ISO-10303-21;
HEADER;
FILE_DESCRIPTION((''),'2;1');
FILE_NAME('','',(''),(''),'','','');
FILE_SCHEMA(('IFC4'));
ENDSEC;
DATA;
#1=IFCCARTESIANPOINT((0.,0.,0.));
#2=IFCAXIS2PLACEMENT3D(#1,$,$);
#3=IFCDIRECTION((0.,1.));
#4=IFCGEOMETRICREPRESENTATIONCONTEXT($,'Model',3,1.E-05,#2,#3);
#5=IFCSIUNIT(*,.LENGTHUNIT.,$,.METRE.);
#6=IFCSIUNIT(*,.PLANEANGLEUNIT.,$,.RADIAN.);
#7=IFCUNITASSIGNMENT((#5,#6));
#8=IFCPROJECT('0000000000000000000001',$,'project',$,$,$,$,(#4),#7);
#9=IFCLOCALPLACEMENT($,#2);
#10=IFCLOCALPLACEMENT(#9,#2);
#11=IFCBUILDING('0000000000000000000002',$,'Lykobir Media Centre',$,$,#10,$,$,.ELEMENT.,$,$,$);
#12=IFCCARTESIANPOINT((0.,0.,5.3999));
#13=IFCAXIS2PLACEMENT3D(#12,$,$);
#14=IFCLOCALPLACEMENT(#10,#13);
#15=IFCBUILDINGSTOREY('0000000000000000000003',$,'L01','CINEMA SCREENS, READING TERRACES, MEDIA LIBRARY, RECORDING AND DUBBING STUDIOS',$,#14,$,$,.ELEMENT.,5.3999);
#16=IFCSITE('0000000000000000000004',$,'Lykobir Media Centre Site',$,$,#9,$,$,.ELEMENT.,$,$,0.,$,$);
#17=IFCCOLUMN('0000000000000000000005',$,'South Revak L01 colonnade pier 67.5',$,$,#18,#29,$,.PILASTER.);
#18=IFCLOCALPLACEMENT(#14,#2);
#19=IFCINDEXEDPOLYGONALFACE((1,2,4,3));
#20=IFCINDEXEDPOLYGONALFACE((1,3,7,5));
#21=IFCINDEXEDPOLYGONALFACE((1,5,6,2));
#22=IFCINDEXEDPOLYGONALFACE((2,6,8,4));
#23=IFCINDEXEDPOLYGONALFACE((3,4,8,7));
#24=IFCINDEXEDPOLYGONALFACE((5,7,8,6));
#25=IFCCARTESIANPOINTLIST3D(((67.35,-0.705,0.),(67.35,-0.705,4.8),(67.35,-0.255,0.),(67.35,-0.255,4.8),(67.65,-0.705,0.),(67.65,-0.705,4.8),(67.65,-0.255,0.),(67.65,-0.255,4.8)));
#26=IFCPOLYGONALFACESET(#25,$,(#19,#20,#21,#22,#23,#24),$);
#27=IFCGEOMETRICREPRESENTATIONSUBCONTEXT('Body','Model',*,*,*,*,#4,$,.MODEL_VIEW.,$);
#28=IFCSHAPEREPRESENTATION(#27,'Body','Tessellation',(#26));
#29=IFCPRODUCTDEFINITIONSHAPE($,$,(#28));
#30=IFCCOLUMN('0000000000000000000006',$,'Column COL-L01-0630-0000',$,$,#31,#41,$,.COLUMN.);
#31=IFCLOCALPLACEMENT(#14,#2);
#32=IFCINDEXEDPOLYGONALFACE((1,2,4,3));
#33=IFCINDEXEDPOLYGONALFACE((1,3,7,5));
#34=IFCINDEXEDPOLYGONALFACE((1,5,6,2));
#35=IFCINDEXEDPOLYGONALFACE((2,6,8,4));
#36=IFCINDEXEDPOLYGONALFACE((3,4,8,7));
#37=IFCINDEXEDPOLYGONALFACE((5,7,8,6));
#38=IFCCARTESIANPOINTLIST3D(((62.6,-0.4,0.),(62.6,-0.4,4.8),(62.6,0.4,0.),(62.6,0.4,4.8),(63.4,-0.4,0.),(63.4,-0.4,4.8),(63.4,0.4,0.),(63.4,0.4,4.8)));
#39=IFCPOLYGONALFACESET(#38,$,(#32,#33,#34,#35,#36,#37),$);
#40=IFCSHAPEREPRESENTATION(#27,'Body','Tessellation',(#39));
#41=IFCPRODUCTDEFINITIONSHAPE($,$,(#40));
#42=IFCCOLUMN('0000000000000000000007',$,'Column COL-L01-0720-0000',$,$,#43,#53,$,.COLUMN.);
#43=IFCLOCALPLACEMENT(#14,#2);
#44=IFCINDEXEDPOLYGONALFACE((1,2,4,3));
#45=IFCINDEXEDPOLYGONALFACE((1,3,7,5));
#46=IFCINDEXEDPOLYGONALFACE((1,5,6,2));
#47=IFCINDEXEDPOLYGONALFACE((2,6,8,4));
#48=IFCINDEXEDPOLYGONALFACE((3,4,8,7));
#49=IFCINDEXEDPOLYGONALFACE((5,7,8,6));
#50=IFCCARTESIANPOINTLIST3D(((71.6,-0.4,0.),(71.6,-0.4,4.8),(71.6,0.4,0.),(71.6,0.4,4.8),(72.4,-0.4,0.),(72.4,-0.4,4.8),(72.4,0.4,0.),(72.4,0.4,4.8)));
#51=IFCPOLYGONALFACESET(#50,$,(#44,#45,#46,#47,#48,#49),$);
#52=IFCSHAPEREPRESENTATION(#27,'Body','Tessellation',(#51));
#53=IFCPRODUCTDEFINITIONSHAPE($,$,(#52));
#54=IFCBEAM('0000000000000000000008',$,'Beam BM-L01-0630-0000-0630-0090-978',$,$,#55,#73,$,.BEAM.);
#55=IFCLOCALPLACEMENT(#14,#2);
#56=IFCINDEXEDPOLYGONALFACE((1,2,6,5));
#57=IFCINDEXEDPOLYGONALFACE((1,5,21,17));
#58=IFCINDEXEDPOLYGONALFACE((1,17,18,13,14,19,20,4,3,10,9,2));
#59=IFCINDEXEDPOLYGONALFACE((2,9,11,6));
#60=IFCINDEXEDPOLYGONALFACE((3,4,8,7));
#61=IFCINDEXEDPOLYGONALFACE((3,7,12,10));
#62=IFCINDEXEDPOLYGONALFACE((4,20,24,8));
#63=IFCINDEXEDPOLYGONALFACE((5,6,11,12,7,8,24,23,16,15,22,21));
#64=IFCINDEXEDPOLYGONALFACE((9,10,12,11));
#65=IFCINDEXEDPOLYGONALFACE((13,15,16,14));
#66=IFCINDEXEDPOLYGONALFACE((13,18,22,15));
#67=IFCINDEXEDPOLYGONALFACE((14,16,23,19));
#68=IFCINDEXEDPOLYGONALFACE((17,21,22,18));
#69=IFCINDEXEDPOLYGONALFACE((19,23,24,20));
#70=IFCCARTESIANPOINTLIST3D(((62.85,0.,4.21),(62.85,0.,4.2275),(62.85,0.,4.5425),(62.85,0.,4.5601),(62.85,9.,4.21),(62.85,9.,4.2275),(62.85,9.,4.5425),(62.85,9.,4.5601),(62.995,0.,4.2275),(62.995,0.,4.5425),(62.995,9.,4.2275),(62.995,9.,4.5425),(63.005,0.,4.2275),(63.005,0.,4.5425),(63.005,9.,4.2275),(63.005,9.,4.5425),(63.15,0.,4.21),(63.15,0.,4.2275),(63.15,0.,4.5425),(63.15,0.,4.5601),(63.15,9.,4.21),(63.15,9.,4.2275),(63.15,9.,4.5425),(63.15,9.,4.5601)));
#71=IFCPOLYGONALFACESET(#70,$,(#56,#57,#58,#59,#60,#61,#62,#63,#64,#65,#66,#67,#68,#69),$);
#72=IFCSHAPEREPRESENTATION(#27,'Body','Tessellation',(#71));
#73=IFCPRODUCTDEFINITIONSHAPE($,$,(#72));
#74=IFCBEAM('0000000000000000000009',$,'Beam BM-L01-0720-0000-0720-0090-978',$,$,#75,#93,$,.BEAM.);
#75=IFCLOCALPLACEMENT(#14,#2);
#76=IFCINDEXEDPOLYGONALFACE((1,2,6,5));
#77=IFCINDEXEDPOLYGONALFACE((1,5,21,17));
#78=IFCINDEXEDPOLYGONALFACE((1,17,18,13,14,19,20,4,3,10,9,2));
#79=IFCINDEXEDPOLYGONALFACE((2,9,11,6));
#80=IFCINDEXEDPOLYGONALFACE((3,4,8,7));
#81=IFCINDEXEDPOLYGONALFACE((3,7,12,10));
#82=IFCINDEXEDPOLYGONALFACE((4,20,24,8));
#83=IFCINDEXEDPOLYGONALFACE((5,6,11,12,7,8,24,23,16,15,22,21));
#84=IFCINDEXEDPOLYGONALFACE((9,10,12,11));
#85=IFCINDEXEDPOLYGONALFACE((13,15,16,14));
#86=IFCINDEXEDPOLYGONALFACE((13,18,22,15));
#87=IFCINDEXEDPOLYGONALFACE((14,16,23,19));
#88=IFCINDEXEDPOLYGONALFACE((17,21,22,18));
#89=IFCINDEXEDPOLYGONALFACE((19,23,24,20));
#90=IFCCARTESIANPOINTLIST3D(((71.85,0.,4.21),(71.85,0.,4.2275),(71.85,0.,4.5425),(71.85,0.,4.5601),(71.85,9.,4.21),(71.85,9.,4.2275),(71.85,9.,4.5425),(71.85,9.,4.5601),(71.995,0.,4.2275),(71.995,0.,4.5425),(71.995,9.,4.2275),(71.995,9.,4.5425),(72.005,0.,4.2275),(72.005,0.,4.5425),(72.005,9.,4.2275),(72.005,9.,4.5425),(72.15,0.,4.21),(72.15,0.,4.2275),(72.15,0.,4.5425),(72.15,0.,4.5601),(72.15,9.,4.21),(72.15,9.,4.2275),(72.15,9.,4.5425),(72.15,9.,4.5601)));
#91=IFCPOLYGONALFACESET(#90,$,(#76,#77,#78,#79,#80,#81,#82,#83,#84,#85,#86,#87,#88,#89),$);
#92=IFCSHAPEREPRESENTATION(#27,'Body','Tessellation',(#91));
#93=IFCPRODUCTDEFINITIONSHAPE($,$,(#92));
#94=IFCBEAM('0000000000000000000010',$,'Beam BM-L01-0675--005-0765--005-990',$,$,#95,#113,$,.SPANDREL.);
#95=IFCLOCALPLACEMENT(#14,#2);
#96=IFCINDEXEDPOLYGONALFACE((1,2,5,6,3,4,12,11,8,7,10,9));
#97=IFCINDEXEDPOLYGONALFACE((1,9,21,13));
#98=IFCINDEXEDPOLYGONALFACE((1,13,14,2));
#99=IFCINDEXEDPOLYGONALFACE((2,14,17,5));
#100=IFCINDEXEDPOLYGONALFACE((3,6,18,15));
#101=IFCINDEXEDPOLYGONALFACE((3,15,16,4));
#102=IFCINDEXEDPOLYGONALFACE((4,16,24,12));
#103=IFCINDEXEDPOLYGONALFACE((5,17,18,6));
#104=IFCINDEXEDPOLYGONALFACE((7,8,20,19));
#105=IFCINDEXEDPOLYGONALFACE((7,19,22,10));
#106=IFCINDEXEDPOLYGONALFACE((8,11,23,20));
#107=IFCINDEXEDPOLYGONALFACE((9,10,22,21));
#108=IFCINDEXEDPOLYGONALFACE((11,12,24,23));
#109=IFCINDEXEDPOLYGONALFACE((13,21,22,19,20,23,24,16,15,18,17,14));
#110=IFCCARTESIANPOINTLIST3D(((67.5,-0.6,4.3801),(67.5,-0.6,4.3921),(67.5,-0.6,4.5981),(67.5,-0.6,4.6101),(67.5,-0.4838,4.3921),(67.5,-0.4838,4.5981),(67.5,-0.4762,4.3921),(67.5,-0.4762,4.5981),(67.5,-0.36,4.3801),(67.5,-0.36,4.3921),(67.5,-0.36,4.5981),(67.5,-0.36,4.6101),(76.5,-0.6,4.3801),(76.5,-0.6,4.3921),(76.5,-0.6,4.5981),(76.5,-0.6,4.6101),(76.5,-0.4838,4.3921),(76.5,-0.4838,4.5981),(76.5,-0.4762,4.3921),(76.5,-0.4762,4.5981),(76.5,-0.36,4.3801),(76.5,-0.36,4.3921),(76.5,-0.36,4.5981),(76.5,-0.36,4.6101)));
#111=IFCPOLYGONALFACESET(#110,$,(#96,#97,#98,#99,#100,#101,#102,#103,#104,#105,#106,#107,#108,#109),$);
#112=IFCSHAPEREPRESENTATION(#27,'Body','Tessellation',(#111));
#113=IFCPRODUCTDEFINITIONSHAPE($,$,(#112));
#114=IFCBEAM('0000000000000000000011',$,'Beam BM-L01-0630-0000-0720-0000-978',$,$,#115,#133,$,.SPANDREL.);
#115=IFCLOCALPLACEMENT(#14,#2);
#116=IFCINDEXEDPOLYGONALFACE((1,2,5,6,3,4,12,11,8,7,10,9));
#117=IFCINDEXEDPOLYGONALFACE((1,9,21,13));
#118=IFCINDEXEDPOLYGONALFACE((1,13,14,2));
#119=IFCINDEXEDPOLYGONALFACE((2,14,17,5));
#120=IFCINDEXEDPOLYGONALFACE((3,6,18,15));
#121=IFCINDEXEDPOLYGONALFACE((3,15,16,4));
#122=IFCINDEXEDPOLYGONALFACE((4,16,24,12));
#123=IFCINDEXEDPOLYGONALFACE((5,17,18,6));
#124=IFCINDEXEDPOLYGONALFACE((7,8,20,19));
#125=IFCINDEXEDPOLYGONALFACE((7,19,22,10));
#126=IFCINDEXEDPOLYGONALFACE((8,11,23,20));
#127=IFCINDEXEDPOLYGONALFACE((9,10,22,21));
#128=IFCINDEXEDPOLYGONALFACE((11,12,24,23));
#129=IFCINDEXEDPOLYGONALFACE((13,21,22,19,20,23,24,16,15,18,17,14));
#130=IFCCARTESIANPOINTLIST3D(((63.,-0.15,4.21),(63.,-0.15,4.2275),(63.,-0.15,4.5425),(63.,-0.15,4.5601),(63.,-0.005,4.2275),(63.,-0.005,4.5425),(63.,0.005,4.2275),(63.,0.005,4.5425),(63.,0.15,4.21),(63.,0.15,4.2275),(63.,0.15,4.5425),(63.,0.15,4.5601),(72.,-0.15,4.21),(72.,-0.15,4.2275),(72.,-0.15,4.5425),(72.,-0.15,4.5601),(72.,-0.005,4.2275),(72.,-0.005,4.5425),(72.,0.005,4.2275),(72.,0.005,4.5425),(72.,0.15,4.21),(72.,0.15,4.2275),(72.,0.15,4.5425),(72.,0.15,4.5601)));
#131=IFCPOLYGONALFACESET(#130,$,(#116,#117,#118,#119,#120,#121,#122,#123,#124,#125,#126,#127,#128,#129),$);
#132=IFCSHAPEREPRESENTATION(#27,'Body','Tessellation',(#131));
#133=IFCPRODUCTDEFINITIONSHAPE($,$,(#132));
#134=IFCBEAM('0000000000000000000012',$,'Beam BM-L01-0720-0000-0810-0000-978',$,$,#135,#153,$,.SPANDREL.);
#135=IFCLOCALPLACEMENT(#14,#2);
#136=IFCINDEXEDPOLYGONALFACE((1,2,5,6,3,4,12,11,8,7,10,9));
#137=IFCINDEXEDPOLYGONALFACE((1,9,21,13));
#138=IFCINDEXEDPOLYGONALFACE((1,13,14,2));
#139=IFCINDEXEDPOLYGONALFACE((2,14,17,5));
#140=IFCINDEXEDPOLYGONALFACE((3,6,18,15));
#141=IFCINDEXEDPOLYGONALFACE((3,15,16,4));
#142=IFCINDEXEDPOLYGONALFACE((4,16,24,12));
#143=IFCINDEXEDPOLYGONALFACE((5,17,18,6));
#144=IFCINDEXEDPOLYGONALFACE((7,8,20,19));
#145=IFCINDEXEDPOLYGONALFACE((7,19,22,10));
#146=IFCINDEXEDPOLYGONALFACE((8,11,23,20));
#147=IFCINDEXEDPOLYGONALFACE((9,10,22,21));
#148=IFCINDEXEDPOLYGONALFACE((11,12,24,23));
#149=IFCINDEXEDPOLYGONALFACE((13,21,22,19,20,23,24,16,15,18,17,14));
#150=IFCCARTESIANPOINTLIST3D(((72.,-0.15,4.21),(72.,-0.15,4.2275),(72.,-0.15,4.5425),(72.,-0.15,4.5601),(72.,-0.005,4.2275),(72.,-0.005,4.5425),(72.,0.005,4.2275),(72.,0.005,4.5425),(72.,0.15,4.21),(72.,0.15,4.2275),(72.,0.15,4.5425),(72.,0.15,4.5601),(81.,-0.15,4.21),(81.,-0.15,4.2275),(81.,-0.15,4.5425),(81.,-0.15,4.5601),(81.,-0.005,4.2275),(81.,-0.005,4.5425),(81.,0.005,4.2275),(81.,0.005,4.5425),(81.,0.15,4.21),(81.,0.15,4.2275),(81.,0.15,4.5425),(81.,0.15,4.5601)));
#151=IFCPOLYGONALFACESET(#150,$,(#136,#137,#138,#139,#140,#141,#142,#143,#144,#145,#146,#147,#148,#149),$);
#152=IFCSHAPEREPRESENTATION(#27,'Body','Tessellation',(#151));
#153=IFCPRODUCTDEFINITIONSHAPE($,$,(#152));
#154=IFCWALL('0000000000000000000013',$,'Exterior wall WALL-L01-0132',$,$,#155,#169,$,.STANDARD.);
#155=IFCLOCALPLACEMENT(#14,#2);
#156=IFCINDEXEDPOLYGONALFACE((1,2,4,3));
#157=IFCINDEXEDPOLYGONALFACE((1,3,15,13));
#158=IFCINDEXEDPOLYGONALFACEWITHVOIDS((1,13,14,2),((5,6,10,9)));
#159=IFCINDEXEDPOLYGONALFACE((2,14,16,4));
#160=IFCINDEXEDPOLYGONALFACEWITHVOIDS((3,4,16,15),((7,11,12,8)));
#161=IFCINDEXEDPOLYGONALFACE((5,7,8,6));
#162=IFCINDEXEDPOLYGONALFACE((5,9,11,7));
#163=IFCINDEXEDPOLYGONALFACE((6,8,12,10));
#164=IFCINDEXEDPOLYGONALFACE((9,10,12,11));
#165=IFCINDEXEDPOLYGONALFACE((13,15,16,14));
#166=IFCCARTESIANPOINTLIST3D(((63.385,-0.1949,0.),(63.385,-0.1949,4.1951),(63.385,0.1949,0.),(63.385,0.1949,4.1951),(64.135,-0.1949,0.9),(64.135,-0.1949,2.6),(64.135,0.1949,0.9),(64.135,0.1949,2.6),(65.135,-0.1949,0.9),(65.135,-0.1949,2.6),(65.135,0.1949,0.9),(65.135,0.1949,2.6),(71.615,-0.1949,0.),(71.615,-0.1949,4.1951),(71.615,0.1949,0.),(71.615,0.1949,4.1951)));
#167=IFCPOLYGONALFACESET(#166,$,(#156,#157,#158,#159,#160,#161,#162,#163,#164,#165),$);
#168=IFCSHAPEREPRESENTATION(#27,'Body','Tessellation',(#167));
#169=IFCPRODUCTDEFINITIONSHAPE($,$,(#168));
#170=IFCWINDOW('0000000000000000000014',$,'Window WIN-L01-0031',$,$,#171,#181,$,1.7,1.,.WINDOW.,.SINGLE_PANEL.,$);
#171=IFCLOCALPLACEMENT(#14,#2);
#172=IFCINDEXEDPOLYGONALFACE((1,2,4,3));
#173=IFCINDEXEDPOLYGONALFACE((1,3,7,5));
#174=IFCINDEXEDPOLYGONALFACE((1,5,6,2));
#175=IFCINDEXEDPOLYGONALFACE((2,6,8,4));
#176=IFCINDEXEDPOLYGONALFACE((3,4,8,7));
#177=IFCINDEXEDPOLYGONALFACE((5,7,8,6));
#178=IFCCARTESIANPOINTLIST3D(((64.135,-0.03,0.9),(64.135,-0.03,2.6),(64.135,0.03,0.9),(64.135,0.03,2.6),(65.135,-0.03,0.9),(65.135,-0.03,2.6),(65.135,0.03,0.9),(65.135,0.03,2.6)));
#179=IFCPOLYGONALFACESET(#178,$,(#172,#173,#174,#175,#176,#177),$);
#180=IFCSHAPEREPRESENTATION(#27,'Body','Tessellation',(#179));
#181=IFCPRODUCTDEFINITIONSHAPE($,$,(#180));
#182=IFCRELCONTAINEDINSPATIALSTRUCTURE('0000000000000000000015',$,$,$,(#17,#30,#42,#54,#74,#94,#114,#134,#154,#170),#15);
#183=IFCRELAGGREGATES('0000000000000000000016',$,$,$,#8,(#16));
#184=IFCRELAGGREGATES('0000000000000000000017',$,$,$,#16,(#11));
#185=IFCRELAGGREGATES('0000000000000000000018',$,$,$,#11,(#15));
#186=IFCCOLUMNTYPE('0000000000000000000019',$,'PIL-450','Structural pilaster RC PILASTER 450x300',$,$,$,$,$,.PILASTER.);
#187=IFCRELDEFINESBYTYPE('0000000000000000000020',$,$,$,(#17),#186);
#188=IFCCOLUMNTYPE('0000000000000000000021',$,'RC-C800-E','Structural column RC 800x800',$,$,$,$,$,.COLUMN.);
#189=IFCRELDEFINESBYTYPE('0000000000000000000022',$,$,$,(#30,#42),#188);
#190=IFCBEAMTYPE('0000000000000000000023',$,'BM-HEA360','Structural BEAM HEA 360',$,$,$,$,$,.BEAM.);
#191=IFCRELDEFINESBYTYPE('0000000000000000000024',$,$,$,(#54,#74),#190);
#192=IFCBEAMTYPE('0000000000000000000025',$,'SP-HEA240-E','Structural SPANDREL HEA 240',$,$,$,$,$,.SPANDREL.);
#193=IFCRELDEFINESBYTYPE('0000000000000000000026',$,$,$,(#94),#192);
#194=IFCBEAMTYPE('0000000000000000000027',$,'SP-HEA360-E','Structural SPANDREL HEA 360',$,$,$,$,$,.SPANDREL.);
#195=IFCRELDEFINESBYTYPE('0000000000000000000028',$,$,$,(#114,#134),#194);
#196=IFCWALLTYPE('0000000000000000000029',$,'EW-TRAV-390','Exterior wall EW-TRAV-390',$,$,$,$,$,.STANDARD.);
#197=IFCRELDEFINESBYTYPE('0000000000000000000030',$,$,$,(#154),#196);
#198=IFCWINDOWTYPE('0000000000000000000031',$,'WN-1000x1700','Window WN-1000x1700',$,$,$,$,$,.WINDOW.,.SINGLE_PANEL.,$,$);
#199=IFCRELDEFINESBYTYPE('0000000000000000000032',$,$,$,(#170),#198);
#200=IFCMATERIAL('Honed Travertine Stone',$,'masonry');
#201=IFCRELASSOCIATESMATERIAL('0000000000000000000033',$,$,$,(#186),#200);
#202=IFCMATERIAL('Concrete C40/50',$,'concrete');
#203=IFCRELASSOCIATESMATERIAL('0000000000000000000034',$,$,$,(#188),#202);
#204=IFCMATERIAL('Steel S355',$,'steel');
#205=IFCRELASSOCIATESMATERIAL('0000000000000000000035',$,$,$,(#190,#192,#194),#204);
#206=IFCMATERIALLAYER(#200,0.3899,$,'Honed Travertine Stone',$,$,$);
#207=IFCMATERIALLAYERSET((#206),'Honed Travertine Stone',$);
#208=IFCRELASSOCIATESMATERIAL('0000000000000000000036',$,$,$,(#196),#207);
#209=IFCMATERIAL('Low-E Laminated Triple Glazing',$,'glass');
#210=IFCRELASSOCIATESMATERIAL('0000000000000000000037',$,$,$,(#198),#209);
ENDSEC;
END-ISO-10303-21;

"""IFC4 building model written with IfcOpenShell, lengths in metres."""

from ifc_helpers import new_model, si_unit, direction, frame, frame_2d, origin, origin_2d, place, context, subcontext, project, spatial, rectangle, i_section, extrude, material, layer, layer_set, material_profile, profile_set, type_object, element, fill, save


model = new_model("IFC4")

# Units and contexts
model_context = context("Model", 3, precision=1e-05, world=origin(), true_north=direction((0.0, 1.0)))
body_context = subcontext(model_context, "Body", "Model", "MODEL_VIEW")
ifc_project = project(units=[si_unit("LENGTHUNIT", "METRE"), si_unit("PLANEANGLEUNIT", "RADIAN")], contexts=[model_context])

# Site, building, storey
site_placement = place(None, origin())
site = spatial("IfcSite", under=ifc_project, at=site_placement, Name="Lykobir Media Centre Site", CompositionType="ELEMENT", RefElevation=0.0)
building_placement = place(site_placement, origin())
building = spatial("IfcBuilding", under=site, at=building_placement, Name="Lykobir Media Centre", CompositionType="ELEMENT")
storey_placement = place(building_placement, frame((0.0, 0.0, 5.3999)))
storey = spatial("IfcBuildingStorey", under=building, at=storey_placement, Name="L01", Description="CINEMA SCREENS, READING TERRACES, MEDIA LIBRARY, RECORDING AND DUBBING STUDIOS", CompositionType="ELEMENT", Elevation=5.3999)

# Columns
ifc_material_1 = material(Name="Honed Travertine Stone", Category="masonry")
ifc_material_profile_1 = material_profile(ifc_material_1, rectangle(XDim=0.3, YDim=0.45, at=origin_2d()), Name="RC PILASTER 450x300")
ifc_profile_set_1 = profile_set([ifc_material_profile_1], Name="Honed Travertine Stone")
column_type_1 = type_object("IfcColumnType", Name="PIL-450", Description="Structural pilaster RC PILASTER 450x300", PredefinedType="PILASTER", material=ifc_profile_set_1)
column_placement = place(storey_placement, frame((67.5, -0.48, 0.0), z_axis=(0.0, 0.0, 1.0), x_axis=(1.0, 0.0, 0.0)))
element("IfcColumn", 1, at=column_placement, inside=storey, type_object=column_type_1, Name="South Revak L01 colonnade pier 67.5", PredefinedType="PILASTER", context=body_context, shape_type="SweptSolid", body=[
    extrude(rectangle(XDim=0.3, YDim=0.45, at=origin_2d()), origin(), (0.0, 0.0, 1.0), 4.8),
])
ifc_material_2 = material(Name="Concrete C40/50", Category="concrete")
ifc_material_profile_2 = material_profile(ifc_material_2, rectangle(XDim=0.8, YDim=0.8, at=origin_2d()), Name="RC 800x800")
ifc_profile_set_2 = profile_set([ifc_material_profile_2], Name="Concrete C40/50")
column_type_2 = type_object("IfcColumnType", Name="RC-C800-E", Description="Structural column RC 800x800", PredefinedType="COLUMN", material=ifc_profile_set_2)
for number, where, z_axis, x_axis, name in (
    (2, (63.0, 0.0, 0.0), (0.0, 0.0, 1.0), (1.0, 0.0, 0.0), "Column COL-L01-0630-0000"),
    (3, (72.0, 0.0, 0.0), (0.0, 0.0, 1.0), (1.0, 0.0, 0.0), "Column COL-L01-0720-0000"),
):
    element("IfcColumn", number, at=place(storey_placement, frame(where, z_axis=z_axis, x_axis=x_axis)), inside=storey, type_object=column_type_2, Name=name, PredefinedType="COLUMN", context=body_context, shape_type="SweptSolid", body=[
        extrude(rectangle(XDim=0.8, YDim=0.8, at=origin_2d()), origin(), (0.0, 0.0, 1.0), 4.8),
    ])

# Beams
ifc_material_3 = material(Name="Steel S355", Category="steel")
ifc_material_profile_3 = material_profile(ifc_material_3, i_section(OverallWidth=0.3, OverallDepth=0.3501, WebThickness=0.01, FlangeThickness=0.0176, at=origin_2d()), Name="HEA 360")
ifc_profile_set_3 = profile_set([ifc_material_profile_3], Name="Steel S355")
beam_type_1 = type_object("IfcBeamType", Name="BM-HEA360", Description="Structural BEAM HEA 360", PredefinedType="BEAM", material=ifc_profile_set_3)
for number, where, z_axis, x_axis, name in (
    (4, (63.0, 0.0, 4.385), (0.0, 1.0, 0.0), (-1.0, 0.0, 0.0), "Beam BM-L01-0630-0000-0630-0090-978"),
    (5, (72.0, 0.0, 4.385), (0.0, 1.0, 0.0), (-1.0, 0.0, 0.0), "Beam BM-L01-0720-0000-0720-0090-978"),
):
    element("IfcBeam", number, at=place(storey_placement, frame(where, z_axis=z_axis, x_axis=x_axis)), inside=storey, type_object=beam_type_1, Name=name, PredefinedType="BEAM", context=body_context, shape_type="SweptSolid", body=[
        extrude(i_section(OverallWidth=0.3, OverallDepth=0.3501, WebThickness=0.01, FlangeThickness=0.0176, at=origin_2d()), origin(), (0.0, 0.0, 1.0), 9.0),
    ])
ifc_material_profile_4 = material_profile(ifc_material_3, i_section(OverallWidth=0.24, OverallDepth=0.23, WebThickness=0.0076, FlangeThickness=0.012, at=origin_2d()), Name="HEA 240")
ifc_profile_set_4 = profile_set([ifc_material_profile_4], Name="Steel S355")
beam_type_2 = type_object("IfcBeamType", Name="SP-HEA240-E", Description="Structural SPANDREL HEA 240", PredefinedType="SPANDREL", material=ifc_profile_set_4)
beam_placement = place(storey_placement, frame((67.5, -0.48, 4.4951), z_axis=(1.0, 0.0, 0.0), x_axis=(0.0, 1.0, 0.0)))
element("IfcBeam", 6, at=beam_placement, inside=storey, type_object=beam_type_2, Name="Beam BM-L01-0675--005-0765--005-990", PredefinedType="SPANDREL", context=body_context, shape_type="SweptSolid", body=[
    extrude(i_section(OverallWidth=0.24, OverallDepth=0.23, WebThickness=0.0076, FlangeThickness=0.012, at=origin_2d()), origin(), (0.0, 0.0, 1.0), 9.0),
])
ifc_material_profile_5 = material_profile(ifc_material_3, i_section(OverallWidth=0.3, OverallDepth=0.3501, WebThickness=0.01, FlangeThickness=0.0176, at=origin_2d()), Name="HEA 360")
ifc_profile_set_5 = profile_set([ifc_material_profile_5], Name="Steel S355")
beam_type_3 = type_object("IfcBeamType", Name="SP-HEA360-E", Description="Structural SPANDREL HEA 360", PredefinedType="SPANDREL", material=ifc_profile_set_5)
for number, where, z_axis, x_axis, name in (
    (7, (63.0, 0.0, 4.385), (1.0, 0.0, 0.0), (0.0, 1.0, 0.0), "Beam BM-L01-0630-0000-0720-0000-978"),
    (8, (72.0, 0.0, 4.385), (1.0, 0.0, 0.0), (0.0, 1.0, 0.0), "Beam BM-L01-0720-0000-0810-0000-978"),
):
    element("IfcBeam", number, at=place(storey_placement, frame(where, z_axis=z_axis, x_axis=x_axis)), inside=storey, type_object=beam_type_3, Name=name, PredefinedType="SPANDREL", context=body_context, shape_type="SweptSolid", body=[
        extrude(i_section(OverallWidth=0.3, OverallDepth=0.3501, WebThickness=0.01, FlangeThickness=0.0176, at=origin_2d()), origin(), (0.0, 0.0, 1.0), 9.0),
    ])

# Wall, opening, window
ifc_layer_1 = layer(ifc_material_1, 0.3899, Name="Honed Travertine Stone")
ifc_layer_set_1 = layer_set([ifc_layer_1], Name="Honed Travertine Stone")
wall_type_1 = type_object("IfcWallType", Name="EW-TRAV-390", Description="Exterior wall EW-TRAV-390", PredefinedType="STANDARD", material=ifc_layer_set_1)
wall_1_placement = place(storey_placement, frame((63.385, 0.0, 0.0), z_axis=(0.0, 0.0, 1.0), x_axis=(1.0, 0.0, 0.0)))
wall_1 = element("IfcWall", 9, at=wall_1_placement, inside=storey, type_object=wall_type_1, Name="Exterior wall WALL-L01-0132", PredefinedType="STANDARD", context=body_context, shape_type="SweptSolid", body=[
    extrude(rectangle(XDim=8.23, YDim=0.3899, at=frame_2d((4.115, 0.0))), origin(), (0.0, 0.0, 1.0), 4.1951),
])
opening_1_placement = place(wall_1_placement, frame((0.75, 0.0, 0.8999)))
opening_1 = element("IfcOpeningElement", 10, at=opening_1_placement, cuts=wall_1, PredefinedType="OPENING", context=body_context, shape_type="SweptSolid", body=[
    extrude(rectangle(XDim=1.0, YDim=1.7, at=frame_2d((0.5, 0.8501))), frame((0.0, 0.2048, 0.0), z_axis=(0.0, -1.0, 0.0), x_axis=(1.0, 0.0, 0.0)), (0.0, 0.0, 1.0), 0.4099),
])
ifc_material_4 = material(Name="Low-E Laminated Triple Glazing", Category="glass")
window_type = type_object("IfcWindowType", Name="WN-1000x1700", Description="Window WN-1000x1700", PartitioningType="SINGLE_PANEL", PredefinedType="WINDOW", material=ifc_material_4)
window_placement = place(opening_1_placement, origin())
window = element("IfcWindow", 11, at=window_placement, inside=storey, type_object=window_type, Name="Window WIN-L01-0031", OverallHeight=1.7, OverallWidth=1.0, PartitioningType="SINGLE_PANEL", PredefinedType="WINDOW", context=body_context, shape_type="SweptSolid", body=[
    extrude(rectangle(XDim=1.0, YDim=1.7, at=frame_2d((0.5, 0.8501))), frame((0.0, 0.03, 0.0), z_axis=(0.0, -1.0, 0.0), x_axis=(1.0, 0.0, 0.0)), (0.0, 0.0, 1.0), 0.0601),
])
fill(opening_1, window)

save(model, "model.ifc")
